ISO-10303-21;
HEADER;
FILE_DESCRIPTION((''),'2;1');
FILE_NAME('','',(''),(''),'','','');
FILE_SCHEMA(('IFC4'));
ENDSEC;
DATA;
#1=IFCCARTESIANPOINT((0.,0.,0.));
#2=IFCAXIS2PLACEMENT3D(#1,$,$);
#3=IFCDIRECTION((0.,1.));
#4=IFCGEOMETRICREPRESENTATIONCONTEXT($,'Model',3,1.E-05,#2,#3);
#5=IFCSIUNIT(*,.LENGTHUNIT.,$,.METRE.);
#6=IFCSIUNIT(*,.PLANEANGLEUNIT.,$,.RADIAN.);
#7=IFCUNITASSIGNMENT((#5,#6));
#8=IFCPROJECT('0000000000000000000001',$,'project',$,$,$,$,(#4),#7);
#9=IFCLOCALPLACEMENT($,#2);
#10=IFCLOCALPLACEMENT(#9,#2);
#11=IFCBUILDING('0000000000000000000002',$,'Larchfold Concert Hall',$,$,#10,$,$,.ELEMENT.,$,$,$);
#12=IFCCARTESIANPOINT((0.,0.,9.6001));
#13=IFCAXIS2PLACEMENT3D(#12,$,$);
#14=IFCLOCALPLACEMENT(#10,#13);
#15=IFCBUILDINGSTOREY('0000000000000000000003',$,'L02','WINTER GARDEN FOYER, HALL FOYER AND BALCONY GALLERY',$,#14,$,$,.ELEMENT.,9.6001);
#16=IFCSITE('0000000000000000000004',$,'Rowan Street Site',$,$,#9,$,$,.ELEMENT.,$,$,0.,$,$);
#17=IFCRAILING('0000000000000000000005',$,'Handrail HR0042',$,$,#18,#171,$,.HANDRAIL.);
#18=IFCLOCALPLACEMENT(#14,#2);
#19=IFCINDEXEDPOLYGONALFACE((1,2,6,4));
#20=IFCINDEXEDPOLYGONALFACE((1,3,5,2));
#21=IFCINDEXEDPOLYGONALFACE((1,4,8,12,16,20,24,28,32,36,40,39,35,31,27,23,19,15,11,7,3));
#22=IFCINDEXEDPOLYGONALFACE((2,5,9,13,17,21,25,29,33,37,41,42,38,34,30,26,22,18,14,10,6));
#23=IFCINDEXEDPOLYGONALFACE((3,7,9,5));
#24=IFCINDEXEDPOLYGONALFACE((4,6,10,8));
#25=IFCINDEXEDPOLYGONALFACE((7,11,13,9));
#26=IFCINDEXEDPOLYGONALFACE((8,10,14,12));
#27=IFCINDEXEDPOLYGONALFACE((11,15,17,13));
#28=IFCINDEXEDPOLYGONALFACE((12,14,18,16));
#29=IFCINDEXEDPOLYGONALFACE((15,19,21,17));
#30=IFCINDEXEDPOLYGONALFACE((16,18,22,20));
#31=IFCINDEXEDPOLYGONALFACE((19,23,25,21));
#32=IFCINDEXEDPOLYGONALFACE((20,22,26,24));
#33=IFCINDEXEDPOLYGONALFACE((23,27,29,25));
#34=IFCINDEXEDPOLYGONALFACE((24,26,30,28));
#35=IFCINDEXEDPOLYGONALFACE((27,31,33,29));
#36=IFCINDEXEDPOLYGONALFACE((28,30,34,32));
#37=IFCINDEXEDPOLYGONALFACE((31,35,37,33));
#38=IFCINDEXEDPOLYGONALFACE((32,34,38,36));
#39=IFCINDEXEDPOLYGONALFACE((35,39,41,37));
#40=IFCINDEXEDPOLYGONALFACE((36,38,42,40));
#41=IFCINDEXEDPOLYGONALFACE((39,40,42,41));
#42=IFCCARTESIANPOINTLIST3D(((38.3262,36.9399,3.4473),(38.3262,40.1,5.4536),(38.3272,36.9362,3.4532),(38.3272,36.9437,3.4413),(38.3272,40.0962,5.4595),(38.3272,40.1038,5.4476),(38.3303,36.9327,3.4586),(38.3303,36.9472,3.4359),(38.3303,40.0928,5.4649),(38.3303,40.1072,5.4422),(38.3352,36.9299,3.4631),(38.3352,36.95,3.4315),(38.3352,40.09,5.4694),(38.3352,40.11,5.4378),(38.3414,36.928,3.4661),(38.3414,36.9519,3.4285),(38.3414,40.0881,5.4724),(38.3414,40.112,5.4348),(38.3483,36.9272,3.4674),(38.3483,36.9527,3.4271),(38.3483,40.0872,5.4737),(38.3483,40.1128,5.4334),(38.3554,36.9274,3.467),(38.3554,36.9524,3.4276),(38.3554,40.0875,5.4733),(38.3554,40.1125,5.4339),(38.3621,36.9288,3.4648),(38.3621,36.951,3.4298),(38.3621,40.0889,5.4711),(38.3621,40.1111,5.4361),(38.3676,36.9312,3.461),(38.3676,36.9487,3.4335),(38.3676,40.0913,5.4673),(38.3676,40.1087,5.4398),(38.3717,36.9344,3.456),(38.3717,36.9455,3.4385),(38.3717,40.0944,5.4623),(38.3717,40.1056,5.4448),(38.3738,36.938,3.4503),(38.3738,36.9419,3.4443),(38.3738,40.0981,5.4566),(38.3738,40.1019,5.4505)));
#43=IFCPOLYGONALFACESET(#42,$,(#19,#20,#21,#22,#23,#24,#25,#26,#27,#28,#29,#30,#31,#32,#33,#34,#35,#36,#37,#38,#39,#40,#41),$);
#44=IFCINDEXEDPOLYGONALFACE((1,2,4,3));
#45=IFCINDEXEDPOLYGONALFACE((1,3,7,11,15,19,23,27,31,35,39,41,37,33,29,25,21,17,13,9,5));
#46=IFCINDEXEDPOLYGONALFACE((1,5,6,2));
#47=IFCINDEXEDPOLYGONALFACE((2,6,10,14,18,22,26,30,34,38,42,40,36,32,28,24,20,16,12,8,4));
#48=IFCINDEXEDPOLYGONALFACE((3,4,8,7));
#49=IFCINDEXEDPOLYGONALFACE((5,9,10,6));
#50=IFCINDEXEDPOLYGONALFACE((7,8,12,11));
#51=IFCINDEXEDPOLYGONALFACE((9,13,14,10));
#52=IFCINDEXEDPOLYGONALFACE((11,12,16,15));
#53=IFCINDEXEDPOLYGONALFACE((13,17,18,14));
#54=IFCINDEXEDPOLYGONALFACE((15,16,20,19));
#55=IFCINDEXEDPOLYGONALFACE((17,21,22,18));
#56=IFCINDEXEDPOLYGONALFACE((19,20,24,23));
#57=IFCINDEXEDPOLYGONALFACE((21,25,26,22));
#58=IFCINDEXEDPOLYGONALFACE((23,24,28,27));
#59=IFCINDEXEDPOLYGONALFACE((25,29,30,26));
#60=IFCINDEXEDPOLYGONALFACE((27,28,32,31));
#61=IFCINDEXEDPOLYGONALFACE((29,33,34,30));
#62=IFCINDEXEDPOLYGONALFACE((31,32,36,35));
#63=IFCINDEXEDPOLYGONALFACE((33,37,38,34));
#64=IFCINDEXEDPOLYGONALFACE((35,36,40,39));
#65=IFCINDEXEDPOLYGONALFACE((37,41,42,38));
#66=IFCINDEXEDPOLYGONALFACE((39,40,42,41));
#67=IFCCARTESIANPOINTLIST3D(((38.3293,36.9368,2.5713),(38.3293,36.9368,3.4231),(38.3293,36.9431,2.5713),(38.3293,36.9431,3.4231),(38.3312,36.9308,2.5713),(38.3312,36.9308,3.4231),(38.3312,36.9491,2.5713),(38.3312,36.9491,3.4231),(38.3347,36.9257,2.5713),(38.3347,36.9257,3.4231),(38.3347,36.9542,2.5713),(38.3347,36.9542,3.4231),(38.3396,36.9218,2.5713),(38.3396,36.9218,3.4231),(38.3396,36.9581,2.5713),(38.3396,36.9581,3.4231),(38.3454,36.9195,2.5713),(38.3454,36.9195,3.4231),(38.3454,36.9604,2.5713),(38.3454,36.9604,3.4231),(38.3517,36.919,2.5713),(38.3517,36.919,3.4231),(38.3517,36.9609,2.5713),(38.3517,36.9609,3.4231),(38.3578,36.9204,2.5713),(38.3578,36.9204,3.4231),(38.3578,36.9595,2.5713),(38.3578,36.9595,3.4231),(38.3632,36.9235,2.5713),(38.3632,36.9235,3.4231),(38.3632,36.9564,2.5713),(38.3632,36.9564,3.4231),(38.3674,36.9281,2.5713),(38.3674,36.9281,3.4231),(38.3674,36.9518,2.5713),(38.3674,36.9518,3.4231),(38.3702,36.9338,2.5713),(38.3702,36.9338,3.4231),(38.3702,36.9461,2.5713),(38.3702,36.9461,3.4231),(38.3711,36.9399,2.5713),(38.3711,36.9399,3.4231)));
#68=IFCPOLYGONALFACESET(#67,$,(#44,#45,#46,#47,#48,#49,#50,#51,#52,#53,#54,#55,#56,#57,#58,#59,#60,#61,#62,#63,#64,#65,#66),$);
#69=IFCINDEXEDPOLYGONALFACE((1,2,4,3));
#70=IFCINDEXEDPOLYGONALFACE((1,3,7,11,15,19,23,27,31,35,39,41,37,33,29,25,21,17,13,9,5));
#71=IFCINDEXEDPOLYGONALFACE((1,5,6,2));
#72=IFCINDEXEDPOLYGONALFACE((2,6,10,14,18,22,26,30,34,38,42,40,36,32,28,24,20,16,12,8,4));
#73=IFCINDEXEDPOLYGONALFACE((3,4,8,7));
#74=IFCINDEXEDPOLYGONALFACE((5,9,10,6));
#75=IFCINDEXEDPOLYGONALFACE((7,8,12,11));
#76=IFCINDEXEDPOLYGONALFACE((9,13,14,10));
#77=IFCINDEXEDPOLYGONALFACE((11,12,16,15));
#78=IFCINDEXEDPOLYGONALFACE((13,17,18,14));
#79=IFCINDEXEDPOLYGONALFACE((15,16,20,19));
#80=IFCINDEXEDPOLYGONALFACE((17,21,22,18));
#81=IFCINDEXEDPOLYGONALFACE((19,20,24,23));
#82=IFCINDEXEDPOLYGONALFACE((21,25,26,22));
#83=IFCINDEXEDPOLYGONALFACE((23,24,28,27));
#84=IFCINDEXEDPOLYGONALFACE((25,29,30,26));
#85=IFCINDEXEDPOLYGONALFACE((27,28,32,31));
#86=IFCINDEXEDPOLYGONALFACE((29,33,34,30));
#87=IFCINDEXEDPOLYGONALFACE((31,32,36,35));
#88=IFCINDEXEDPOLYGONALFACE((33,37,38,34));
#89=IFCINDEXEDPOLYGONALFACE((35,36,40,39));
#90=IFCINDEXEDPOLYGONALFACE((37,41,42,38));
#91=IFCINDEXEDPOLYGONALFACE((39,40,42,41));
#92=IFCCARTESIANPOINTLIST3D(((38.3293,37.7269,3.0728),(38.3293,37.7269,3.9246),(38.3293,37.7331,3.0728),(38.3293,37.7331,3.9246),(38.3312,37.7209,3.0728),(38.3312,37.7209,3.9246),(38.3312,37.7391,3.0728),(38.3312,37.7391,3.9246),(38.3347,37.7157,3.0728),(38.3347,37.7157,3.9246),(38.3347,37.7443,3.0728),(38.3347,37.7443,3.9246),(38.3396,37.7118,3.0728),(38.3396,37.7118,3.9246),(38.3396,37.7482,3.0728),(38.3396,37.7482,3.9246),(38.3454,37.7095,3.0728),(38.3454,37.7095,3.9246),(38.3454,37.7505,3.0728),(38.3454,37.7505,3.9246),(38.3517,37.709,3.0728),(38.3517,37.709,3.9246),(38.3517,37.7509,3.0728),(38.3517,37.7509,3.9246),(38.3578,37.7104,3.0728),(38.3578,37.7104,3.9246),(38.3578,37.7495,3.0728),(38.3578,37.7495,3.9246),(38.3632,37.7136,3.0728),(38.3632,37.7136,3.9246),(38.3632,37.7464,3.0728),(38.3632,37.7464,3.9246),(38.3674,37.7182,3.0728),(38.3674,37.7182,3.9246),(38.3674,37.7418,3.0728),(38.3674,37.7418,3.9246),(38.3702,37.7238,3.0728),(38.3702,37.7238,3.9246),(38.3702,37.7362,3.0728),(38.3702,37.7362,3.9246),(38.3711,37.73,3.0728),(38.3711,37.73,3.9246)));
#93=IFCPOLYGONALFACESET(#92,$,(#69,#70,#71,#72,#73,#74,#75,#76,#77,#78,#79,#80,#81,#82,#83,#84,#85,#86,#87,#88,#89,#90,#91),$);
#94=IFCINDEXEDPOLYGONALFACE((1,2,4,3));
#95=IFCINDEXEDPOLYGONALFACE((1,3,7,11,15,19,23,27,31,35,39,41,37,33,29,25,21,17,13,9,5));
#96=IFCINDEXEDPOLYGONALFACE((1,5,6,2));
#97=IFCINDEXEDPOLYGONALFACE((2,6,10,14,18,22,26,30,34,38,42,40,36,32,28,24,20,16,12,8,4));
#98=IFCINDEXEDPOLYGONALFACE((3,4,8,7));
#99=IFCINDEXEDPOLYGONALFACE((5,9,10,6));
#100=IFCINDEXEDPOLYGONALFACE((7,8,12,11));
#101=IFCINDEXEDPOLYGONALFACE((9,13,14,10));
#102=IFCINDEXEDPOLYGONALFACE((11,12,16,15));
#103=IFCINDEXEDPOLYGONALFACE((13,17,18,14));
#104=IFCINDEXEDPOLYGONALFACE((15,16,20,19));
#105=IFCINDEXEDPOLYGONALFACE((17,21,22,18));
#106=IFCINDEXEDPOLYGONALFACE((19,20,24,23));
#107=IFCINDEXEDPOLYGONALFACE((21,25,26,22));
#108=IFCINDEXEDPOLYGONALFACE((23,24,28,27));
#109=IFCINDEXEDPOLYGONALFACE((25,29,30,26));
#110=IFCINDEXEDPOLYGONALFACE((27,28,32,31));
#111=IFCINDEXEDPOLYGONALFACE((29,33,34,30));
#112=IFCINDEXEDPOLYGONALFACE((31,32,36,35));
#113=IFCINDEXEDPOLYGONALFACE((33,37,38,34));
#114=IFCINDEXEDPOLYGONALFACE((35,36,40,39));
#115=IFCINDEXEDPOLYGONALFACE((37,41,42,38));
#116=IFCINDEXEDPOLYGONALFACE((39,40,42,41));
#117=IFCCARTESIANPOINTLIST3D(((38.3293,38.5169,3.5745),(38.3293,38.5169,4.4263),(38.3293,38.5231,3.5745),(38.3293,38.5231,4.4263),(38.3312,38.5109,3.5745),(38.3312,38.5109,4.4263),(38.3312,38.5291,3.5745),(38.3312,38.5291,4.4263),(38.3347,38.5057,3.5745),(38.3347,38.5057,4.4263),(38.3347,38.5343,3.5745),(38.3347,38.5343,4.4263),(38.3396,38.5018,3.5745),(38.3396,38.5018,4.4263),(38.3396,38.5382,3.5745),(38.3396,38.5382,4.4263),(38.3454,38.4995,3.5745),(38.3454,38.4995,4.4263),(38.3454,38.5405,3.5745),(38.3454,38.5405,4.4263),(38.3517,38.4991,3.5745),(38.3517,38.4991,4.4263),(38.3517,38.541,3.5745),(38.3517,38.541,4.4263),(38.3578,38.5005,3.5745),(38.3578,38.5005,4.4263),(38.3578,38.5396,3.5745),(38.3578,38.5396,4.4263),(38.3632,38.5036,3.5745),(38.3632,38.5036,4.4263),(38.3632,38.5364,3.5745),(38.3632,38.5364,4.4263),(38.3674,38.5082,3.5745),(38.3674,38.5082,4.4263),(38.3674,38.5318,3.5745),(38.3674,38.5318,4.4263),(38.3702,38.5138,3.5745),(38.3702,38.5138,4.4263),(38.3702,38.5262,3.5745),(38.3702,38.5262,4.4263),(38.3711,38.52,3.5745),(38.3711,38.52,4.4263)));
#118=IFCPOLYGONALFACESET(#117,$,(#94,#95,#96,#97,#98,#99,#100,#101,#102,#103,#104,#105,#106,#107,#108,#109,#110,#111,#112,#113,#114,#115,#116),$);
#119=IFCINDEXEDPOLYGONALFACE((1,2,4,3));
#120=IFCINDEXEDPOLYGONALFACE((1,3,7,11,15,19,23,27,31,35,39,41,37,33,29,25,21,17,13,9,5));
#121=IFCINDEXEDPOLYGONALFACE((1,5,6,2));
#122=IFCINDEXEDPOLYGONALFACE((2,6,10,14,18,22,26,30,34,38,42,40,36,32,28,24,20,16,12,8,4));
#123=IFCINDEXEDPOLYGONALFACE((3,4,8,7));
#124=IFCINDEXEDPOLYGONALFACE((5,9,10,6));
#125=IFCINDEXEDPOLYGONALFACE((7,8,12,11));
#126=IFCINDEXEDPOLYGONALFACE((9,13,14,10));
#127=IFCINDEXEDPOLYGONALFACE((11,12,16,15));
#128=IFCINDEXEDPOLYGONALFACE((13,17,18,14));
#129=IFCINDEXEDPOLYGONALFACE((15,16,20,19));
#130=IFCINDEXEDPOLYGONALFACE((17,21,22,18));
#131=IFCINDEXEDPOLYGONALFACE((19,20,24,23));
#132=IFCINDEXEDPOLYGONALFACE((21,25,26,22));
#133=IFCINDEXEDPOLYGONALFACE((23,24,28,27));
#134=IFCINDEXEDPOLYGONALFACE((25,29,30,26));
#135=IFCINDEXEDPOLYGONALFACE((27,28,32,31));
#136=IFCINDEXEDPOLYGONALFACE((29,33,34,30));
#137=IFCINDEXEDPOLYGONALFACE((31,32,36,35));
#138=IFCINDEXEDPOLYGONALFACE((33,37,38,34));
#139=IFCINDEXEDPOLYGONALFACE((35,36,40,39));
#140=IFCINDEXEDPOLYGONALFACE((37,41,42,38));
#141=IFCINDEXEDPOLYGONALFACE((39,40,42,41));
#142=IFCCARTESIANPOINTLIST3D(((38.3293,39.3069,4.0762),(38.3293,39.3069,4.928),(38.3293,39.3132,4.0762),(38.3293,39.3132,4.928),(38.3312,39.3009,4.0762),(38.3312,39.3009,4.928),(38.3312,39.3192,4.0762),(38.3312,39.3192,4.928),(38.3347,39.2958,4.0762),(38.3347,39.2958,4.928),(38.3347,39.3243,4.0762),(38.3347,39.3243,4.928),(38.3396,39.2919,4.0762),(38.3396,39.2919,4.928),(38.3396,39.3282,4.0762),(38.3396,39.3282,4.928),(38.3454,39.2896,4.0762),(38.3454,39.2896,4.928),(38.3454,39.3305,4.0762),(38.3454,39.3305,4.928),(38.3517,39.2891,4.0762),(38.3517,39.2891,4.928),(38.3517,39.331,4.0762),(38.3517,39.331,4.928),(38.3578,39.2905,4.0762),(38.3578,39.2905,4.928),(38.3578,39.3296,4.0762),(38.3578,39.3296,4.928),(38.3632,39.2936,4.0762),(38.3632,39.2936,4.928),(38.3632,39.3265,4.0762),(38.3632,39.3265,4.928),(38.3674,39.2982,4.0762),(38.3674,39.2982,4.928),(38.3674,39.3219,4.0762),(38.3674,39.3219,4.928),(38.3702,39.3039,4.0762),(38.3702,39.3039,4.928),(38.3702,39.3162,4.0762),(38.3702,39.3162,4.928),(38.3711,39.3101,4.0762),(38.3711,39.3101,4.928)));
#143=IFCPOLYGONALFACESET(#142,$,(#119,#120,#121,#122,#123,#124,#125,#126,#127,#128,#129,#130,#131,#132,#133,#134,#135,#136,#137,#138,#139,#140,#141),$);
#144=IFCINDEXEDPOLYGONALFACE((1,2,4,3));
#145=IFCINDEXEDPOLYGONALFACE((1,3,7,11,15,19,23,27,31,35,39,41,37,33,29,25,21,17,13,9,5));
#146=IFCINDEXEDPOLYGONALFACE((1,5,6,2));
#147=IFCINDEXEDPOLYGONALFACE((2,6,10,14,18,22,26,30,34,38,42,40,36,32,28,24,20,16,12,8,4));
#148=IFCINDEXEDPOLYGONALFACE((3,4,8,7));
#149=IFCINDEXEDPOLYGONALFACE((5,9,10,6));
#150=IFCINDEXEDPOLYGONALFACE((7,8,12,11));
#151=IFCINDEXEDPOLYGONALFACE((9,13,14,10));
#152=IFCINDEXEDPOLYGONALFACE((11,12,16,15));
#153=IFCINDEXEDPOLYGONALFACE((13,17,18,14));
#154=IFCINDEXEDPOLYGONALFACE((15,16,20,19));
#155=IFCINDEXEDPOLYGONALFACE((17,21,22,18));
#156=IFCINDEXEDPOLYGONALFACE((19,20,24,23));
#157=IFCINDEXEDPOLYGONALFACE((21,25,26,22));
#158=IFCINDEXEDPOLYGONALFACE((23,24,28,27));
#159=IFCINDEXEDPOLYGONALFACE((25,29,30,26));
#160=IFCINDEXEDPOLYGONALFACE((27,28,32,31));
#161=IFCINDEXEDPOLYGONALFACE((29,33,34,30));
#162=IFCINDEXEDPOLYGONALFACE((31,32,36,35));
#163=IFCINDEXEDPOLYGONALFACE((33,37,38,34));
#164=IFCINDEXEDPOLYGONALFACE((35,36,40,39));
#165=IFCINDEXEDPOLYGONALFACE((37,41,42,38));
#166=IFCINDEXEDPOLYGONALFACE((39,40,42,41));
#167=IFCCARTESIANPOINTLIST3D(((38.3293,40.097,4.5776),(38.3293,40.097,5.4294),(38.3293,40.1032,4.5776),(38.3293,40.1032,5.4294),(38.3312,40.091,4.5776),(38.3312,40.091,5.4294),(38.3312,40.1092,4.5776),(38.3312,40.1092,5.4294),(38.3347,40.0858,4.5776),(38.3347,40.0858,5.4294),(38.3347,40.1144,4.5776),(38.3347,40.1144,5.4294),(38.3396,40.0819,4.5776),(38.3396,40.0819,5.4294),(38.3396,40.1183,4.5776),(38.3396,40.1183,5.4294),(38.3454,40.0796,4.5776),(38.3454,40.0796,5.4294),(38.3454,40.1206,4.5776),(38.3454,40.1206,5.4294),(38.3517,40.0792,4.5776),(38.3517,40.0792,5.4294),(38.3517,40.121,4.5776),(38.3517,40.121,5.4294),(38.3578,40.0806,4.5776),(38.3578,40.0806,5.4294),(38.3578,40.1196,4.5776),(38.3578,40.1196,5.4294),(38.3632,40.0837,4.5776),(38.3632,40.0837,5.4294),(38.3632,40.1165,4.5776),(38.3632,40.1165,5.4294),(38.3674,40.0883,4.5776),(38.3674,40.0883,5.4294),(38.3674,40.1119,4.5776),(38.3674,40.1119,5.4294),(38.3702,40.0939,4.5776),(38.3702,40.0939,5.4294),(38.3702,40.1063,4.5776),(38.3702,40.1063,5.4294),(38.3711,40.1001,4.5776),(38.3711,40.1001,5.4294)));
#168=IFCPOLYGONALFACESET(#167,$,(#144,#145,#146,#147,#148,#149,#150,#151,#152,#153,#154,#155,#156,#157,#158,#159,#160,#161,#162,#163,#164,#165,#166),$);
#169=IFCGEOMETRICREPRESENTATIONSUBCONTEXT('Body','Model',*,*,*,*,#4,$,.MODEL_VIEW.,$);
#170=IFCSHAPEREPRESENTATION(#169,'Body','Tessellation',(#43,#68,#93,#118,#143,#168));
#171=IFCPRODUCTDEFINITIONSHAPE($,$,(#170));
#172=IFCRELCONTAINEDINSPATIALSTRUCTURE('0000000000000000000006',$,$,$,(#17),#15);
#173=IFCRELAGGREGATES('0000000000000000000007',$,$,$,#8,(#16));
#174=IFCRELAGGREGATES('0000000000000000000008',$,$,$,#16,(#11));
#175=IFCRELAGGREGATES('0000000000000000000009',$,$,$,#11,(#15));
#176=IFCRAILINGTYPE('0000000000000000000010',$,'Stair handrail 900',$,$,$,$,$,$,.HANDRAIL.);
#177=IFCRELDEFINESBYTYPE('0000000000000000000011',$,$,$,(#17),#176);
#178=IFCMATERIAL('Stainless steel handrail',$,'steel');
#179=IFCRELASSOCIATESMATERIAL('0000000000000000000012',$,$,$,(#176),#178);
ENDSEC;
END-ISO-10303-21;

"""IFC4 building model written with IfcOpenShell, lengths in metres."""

from ifc_helpers import new_model, si_unit, direction, frame, origin, origin_2d, place, context, subcontext, project, spatial, circle, extrude, material, type_object, element, save


model = new_model("IFC4")

# Units and contexts
model_context = context("Model", 3, precision=1e-05, world=origin(), true_north=direction((0.0, 1.0)))
body_context = subcontext(model_context, "Body", "Model", "MODEL_VIEW")
ifc_project = project(units=[si_unit("LENGTHUNIT", "METRE"), si_unit("PLANEANGLEUNIT", "RADIAN")], contexts=[model_context])

# Site, building, storey
site_placement = place(None, origin())
site = spatial("IfcSite", under=ifc_project, at=site_placement, Name="Rowan Street Site", CompositionType="ELEMENT", RefElevation=0.0)
building_placement = place(site_placement, origin())
building = spatial("IfcBuilding", under=site, at=building_placement, Name="Larchfold Concert Hall", CompositionType="ELEMENT")
storey_placement = place(building_placement, frame((0.0, 0.0, 9.6001)))
storey = spatial("IfcBuildingStorey", under=building, at=storey_placement, Name="L02", Description="WINTER GARDEN FOYER, HALL FOYER AND BALCONY GALLERY", CompositionType="ELEMENT", Elevation=9.6001)

# Railing
ifc_material_1 = material(Name="Stainless steel handrail", Category="steel")
railing_type_1 = type_object("IfcRailingType", Name="Stair handrail 900", PredefinedType="HANDRAIL", material=ifc_material_1)
railing_1_placement = place(storey_placement, frame((38.3501, 36.9399, 2.5713)))
element("IfcRailing", 1, at=railing_1_placement, inside=storey, type_object=railing_type_1, Name="Handrail HR0042", PredefinedType="HANDRAIL", context=body_context, shape_type="SweptSolid", body=[
    extrude(circle(Radius=0.0239, at=origin_2d()), frame((0.0, 0.0, 0.876), z_axis=(0.0, 0.844225, 0.535989), x_axis=(-1.0, 0.0, 0.0)), (0.0, 0.0, 1.0), 3.7432),
    extrude(circle(Radius=0.021, at=origin_2d()), origin(), (0.0, 0.0, 1.0), 0.8518),
    extrude(circle(Radius=0.021, at=origin_2d()), frame((0.0, 0.79, 0.5015)), (0.0, 0.0, 1.0), 0.8518),
    extrude(circle(Radius=0.021, at=origin_2d()), frame((0.0, 1.5801, 1.0032)), (0.0, 0.0, 1.0), 0.8518),
    extrude(circle(Radius=0.021, at=origin_2d()), frame((0.0, 2.3701, 1.5049)), (0.0, 0.0, 1.0), 0.8518),
    extrude(circle(Radius=0.021, at=origin_2d()), frame((0.0, 3.1602, 2.0063)), (0.0, 0.0, 1.0), 0.8518),
])

save(model, "model.ifc")
